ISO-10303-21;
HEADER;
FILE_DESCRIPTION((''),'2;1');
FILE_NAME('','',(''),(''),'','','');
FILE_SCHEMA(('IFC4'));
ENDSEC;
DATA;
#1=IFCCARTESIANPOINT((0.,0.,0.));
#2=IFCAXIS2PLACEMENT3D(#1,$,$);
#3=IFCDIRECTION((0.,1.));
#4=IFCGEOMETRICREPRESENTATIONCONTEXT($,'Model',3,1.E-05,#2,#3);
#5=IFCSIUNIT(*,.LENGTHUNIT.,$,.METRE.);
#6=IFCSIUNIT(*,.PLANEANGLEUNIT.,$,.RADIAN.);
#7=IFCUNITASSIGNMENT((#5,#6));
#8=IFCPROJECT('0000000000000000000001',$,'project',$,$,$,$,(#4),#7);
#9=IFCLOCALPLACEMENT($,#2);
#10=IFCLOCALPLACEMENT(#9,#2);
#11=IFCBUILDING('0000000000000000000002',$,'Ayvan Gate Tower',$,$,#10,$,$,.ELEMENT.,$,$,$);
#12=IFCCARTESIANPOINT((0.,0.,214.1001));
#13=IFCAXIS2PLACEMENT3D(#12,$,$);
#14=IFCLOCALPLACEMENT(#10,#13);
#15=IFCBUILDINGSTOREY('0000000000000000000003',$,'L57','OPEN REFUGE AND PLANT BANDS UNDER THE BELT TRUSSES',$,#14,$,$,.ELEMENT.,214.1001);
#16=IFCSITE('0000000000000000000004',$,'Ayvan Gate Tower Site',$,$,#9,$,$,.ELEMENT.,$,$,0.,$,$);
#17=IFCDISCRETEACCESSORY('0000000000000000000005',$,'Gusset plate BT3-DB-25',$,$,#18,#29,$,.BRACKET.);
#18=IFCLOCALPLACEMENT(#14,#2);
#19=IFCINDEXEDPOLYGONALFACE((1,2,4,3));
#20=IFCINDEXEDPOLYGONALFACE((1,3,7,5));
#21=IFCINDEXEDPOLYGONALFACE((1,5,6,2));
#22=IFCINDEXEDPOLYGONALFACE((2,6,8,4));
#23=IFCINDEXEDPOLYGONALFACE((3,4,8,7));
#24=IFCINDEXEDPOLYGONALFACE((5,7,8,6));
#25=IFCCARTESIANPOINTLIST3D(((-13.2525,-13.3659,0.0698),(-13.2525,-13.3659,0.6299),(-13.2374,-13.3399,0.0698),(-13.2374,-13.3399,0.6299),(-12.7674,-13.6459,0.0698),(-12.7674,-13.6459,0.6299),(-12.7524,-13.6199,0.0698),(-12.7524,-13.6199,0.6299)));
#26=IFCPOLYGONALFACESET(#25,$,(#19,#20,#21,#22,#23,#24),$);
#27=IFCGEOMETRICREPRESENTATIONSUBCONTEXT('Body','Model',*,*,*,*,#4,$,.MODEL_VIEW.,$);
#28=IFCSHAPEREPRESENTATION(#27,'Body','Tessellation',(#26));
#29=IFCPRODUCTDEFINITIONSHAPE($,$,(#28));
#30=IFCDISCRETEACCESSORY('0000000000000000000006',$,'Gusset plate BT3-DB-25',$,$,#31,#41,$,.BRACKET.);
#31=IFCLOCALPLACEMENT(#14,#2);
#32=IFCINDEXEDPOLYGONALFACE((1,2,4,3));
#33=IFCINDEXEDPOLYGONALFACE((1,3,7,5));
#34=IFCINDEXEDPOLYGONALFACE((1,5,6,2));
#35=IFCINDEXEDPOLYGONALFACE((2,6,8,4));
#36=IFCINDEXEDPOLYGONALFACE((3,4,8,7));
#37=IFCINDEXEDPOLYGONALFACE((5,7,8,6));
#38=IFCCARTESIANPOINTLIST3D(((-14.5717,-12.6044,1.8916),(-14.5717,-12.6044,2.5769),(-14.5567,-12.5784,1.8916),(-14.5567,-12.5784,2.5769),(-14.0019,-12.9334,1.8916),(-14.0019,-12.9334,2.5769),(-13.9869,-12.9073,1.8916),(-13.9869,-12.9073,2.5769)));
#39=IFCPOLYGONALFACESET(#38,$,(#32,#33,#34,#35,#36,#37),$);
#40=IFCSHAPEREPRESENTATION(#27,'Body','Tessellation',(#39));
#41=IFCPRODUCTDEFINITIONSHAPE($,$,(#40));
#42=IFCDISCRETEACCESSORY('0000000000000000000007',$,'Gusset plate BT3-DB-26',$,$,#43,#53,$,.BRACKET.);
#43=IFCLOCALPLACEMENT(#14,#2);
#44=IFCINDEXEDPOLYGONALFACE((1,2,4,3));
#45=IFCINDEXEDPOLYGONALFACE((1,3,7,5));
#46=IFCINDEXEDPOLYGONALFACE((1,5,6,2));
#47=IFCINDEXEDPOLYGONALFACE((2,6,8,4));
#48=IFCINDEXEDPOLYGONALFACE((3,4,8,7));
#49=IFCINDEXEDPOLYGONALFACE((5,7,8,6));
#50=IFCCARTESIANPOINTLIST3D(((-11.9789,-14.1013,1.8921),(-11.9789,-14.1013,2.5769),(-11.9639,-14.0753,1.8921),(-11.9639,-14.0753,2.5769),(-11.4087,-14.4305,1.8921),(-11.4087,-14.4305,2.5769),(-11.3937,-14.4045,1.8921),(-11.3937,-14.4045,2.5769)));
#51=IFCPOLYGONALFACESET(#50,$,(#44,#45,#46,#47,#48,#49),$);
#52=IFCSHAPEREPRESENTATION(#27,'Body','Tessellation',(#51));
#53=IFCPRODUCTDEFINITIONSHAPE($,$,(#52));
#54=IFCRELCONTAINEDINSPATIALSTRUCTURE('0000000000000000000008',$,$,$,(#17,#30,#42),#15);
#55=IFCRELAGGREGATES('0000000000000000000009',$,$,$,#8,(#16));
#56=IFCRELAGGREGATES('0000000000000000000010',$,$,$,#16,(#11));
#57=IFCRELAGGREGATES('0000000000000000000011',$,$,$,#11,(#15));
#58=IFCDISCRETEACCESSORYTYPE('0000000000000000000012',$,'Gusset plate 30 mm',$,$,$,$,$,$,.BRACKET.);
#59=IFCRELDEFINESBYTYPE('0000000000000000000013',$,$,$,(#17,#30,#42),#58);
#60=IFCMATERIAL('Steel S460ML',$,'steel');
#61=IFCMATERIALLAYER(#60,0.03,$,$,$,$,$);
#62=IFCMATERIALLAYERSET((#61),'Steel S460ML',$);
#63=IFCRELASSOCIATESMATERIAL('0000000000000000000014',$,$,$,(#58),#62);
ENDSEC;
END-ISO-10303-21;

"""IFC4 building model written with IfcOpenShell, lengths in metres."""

from ifc_helpers import new_model, si_unit, direction, frame, origin, origin_2d, place, context, subcontext, project, spatial, rectangle, extrude, material, layer, layer_set, type_object, element, save


model = new_model("IFC4")

# Units and contexts
model_context = context("Model", 3, precision=1e-05, world=origin(), true_north=direction((0.0, 1.0)))
body_context = subcontext(model_context, "Body", "Model", "MODEL_VIEW")
ifc_project = project(units=[si_unit("LENGTHUNIT", "METRE"), si_unit("PLANEANGLEUNIT", "RADIAN")], contexts=[model_context])

# Site, building, storey
site_placement = place(None, origin())
site = spatial("IfcSite", under=ifc_project, at=site_placement, Name="Ayvan Gate Tower Site", CompositionType="ELEMENT", RefElevation=0.0)
building_placement = place(site_placement, origin())
building = spatial("IfcBuilding", under=site, at=building_placement, Name="Ayvan Gate Tower", CompositionType="ELEMENT")
storey_placement = place(building_placement, frame((0.0, 0.0, 214.1001)))
storey = spatial("IfcBuildingStorey", under=building, at=storey_placement, Name="L57", Description="OPEN REFUGE AND PLANT BANDS UNDER THE BELT TRUSSES", CompositionType="ELEMENT", Elevation=214.1001)

# Shared definitions
ifc_material_1 = material(Name="Steel S460ML", Category="steel")

# Discrete accessories
ifc_layer_1 = layer(ifc_material_1, 0.03)
ifc_layer_set_1 = layer_set([ifc_layer_1], Name="Steel S460ML")
discrete_accessory_type_1 = type_object("IfcDiscreteAccessoryType", Name="Gusset plate 30 mm", PredefinedType="BRACKET", material=ifc_layer_set_1)
for number, where, z_axis, x_axis, name in (
    (1, (-13.0024, -13.4929, 0.0698), (0.0, 0.0, 1.0), (-0.866025, 0.5, 0.0), "Gusset plate BT3-DB-25"),
):
    element("IfcDiscreteAccessory", number, at=place(storey_placement, frame(where, z_axis=z_axis, x_axis=x_axis)), inside=storey, type_object=discrete_accessory_type_1, Name=name, PredefinedType="BRACKET", context=body_context, shape_type="SweptSolid", body=[
        extrude(rectangle(XDim=0.5601, YDim=0.03, at=origin_2d()), origin(), (0.0, 0.0, 1.0), 0.5601),
    ])
discrete_accessory_1_placement = place(storey_placement, frame((-14.2793, -12.7559, 1.8916), z_axis=(0.0, 0.0, 1.0), x_axis=(-0.866025, 0.5, 0.0)))
element("IfcDiscreteAccessory", 2, at=discrete_accessory_1_placement, inside=storey, type_object=discrete_accessory_type_1, Name="Gusset plate BT3-DB-25", PredefinedType="BRACKET", context=body_context, shape_type="SweptSolid", body=[
    extrude(rectangle(XDim=0.658, YDim=0.03, at=origin_2d()), origin(), (0.0, 0.0, 1.0), 0.6853),
])
discrete_accessory_2_placement = place(storey_placement, frame((-11.6863, -14.2529, 1.8921), z_axis=(0.0, 0.0, 1.0), x_axis=(-0.866025, 0.5, 0.0)))
element("IfcDiscreteAccessory", 3, at=discrete_accessory_2_placement, inside=storey, type_object=discrete_accessory_type_1, Name="Gusset plate BT3-DB-26", PredefinedType="BRACKET", context=body_context, shape_type="SweptSolid", body=[
    extrude(rectangle(XDim=0.6584, YDim=0.03, at=origin_2d()), origin(), (0.0, 0.0, 1.0), 0.6848),
])

save(model, "model.ifc")
